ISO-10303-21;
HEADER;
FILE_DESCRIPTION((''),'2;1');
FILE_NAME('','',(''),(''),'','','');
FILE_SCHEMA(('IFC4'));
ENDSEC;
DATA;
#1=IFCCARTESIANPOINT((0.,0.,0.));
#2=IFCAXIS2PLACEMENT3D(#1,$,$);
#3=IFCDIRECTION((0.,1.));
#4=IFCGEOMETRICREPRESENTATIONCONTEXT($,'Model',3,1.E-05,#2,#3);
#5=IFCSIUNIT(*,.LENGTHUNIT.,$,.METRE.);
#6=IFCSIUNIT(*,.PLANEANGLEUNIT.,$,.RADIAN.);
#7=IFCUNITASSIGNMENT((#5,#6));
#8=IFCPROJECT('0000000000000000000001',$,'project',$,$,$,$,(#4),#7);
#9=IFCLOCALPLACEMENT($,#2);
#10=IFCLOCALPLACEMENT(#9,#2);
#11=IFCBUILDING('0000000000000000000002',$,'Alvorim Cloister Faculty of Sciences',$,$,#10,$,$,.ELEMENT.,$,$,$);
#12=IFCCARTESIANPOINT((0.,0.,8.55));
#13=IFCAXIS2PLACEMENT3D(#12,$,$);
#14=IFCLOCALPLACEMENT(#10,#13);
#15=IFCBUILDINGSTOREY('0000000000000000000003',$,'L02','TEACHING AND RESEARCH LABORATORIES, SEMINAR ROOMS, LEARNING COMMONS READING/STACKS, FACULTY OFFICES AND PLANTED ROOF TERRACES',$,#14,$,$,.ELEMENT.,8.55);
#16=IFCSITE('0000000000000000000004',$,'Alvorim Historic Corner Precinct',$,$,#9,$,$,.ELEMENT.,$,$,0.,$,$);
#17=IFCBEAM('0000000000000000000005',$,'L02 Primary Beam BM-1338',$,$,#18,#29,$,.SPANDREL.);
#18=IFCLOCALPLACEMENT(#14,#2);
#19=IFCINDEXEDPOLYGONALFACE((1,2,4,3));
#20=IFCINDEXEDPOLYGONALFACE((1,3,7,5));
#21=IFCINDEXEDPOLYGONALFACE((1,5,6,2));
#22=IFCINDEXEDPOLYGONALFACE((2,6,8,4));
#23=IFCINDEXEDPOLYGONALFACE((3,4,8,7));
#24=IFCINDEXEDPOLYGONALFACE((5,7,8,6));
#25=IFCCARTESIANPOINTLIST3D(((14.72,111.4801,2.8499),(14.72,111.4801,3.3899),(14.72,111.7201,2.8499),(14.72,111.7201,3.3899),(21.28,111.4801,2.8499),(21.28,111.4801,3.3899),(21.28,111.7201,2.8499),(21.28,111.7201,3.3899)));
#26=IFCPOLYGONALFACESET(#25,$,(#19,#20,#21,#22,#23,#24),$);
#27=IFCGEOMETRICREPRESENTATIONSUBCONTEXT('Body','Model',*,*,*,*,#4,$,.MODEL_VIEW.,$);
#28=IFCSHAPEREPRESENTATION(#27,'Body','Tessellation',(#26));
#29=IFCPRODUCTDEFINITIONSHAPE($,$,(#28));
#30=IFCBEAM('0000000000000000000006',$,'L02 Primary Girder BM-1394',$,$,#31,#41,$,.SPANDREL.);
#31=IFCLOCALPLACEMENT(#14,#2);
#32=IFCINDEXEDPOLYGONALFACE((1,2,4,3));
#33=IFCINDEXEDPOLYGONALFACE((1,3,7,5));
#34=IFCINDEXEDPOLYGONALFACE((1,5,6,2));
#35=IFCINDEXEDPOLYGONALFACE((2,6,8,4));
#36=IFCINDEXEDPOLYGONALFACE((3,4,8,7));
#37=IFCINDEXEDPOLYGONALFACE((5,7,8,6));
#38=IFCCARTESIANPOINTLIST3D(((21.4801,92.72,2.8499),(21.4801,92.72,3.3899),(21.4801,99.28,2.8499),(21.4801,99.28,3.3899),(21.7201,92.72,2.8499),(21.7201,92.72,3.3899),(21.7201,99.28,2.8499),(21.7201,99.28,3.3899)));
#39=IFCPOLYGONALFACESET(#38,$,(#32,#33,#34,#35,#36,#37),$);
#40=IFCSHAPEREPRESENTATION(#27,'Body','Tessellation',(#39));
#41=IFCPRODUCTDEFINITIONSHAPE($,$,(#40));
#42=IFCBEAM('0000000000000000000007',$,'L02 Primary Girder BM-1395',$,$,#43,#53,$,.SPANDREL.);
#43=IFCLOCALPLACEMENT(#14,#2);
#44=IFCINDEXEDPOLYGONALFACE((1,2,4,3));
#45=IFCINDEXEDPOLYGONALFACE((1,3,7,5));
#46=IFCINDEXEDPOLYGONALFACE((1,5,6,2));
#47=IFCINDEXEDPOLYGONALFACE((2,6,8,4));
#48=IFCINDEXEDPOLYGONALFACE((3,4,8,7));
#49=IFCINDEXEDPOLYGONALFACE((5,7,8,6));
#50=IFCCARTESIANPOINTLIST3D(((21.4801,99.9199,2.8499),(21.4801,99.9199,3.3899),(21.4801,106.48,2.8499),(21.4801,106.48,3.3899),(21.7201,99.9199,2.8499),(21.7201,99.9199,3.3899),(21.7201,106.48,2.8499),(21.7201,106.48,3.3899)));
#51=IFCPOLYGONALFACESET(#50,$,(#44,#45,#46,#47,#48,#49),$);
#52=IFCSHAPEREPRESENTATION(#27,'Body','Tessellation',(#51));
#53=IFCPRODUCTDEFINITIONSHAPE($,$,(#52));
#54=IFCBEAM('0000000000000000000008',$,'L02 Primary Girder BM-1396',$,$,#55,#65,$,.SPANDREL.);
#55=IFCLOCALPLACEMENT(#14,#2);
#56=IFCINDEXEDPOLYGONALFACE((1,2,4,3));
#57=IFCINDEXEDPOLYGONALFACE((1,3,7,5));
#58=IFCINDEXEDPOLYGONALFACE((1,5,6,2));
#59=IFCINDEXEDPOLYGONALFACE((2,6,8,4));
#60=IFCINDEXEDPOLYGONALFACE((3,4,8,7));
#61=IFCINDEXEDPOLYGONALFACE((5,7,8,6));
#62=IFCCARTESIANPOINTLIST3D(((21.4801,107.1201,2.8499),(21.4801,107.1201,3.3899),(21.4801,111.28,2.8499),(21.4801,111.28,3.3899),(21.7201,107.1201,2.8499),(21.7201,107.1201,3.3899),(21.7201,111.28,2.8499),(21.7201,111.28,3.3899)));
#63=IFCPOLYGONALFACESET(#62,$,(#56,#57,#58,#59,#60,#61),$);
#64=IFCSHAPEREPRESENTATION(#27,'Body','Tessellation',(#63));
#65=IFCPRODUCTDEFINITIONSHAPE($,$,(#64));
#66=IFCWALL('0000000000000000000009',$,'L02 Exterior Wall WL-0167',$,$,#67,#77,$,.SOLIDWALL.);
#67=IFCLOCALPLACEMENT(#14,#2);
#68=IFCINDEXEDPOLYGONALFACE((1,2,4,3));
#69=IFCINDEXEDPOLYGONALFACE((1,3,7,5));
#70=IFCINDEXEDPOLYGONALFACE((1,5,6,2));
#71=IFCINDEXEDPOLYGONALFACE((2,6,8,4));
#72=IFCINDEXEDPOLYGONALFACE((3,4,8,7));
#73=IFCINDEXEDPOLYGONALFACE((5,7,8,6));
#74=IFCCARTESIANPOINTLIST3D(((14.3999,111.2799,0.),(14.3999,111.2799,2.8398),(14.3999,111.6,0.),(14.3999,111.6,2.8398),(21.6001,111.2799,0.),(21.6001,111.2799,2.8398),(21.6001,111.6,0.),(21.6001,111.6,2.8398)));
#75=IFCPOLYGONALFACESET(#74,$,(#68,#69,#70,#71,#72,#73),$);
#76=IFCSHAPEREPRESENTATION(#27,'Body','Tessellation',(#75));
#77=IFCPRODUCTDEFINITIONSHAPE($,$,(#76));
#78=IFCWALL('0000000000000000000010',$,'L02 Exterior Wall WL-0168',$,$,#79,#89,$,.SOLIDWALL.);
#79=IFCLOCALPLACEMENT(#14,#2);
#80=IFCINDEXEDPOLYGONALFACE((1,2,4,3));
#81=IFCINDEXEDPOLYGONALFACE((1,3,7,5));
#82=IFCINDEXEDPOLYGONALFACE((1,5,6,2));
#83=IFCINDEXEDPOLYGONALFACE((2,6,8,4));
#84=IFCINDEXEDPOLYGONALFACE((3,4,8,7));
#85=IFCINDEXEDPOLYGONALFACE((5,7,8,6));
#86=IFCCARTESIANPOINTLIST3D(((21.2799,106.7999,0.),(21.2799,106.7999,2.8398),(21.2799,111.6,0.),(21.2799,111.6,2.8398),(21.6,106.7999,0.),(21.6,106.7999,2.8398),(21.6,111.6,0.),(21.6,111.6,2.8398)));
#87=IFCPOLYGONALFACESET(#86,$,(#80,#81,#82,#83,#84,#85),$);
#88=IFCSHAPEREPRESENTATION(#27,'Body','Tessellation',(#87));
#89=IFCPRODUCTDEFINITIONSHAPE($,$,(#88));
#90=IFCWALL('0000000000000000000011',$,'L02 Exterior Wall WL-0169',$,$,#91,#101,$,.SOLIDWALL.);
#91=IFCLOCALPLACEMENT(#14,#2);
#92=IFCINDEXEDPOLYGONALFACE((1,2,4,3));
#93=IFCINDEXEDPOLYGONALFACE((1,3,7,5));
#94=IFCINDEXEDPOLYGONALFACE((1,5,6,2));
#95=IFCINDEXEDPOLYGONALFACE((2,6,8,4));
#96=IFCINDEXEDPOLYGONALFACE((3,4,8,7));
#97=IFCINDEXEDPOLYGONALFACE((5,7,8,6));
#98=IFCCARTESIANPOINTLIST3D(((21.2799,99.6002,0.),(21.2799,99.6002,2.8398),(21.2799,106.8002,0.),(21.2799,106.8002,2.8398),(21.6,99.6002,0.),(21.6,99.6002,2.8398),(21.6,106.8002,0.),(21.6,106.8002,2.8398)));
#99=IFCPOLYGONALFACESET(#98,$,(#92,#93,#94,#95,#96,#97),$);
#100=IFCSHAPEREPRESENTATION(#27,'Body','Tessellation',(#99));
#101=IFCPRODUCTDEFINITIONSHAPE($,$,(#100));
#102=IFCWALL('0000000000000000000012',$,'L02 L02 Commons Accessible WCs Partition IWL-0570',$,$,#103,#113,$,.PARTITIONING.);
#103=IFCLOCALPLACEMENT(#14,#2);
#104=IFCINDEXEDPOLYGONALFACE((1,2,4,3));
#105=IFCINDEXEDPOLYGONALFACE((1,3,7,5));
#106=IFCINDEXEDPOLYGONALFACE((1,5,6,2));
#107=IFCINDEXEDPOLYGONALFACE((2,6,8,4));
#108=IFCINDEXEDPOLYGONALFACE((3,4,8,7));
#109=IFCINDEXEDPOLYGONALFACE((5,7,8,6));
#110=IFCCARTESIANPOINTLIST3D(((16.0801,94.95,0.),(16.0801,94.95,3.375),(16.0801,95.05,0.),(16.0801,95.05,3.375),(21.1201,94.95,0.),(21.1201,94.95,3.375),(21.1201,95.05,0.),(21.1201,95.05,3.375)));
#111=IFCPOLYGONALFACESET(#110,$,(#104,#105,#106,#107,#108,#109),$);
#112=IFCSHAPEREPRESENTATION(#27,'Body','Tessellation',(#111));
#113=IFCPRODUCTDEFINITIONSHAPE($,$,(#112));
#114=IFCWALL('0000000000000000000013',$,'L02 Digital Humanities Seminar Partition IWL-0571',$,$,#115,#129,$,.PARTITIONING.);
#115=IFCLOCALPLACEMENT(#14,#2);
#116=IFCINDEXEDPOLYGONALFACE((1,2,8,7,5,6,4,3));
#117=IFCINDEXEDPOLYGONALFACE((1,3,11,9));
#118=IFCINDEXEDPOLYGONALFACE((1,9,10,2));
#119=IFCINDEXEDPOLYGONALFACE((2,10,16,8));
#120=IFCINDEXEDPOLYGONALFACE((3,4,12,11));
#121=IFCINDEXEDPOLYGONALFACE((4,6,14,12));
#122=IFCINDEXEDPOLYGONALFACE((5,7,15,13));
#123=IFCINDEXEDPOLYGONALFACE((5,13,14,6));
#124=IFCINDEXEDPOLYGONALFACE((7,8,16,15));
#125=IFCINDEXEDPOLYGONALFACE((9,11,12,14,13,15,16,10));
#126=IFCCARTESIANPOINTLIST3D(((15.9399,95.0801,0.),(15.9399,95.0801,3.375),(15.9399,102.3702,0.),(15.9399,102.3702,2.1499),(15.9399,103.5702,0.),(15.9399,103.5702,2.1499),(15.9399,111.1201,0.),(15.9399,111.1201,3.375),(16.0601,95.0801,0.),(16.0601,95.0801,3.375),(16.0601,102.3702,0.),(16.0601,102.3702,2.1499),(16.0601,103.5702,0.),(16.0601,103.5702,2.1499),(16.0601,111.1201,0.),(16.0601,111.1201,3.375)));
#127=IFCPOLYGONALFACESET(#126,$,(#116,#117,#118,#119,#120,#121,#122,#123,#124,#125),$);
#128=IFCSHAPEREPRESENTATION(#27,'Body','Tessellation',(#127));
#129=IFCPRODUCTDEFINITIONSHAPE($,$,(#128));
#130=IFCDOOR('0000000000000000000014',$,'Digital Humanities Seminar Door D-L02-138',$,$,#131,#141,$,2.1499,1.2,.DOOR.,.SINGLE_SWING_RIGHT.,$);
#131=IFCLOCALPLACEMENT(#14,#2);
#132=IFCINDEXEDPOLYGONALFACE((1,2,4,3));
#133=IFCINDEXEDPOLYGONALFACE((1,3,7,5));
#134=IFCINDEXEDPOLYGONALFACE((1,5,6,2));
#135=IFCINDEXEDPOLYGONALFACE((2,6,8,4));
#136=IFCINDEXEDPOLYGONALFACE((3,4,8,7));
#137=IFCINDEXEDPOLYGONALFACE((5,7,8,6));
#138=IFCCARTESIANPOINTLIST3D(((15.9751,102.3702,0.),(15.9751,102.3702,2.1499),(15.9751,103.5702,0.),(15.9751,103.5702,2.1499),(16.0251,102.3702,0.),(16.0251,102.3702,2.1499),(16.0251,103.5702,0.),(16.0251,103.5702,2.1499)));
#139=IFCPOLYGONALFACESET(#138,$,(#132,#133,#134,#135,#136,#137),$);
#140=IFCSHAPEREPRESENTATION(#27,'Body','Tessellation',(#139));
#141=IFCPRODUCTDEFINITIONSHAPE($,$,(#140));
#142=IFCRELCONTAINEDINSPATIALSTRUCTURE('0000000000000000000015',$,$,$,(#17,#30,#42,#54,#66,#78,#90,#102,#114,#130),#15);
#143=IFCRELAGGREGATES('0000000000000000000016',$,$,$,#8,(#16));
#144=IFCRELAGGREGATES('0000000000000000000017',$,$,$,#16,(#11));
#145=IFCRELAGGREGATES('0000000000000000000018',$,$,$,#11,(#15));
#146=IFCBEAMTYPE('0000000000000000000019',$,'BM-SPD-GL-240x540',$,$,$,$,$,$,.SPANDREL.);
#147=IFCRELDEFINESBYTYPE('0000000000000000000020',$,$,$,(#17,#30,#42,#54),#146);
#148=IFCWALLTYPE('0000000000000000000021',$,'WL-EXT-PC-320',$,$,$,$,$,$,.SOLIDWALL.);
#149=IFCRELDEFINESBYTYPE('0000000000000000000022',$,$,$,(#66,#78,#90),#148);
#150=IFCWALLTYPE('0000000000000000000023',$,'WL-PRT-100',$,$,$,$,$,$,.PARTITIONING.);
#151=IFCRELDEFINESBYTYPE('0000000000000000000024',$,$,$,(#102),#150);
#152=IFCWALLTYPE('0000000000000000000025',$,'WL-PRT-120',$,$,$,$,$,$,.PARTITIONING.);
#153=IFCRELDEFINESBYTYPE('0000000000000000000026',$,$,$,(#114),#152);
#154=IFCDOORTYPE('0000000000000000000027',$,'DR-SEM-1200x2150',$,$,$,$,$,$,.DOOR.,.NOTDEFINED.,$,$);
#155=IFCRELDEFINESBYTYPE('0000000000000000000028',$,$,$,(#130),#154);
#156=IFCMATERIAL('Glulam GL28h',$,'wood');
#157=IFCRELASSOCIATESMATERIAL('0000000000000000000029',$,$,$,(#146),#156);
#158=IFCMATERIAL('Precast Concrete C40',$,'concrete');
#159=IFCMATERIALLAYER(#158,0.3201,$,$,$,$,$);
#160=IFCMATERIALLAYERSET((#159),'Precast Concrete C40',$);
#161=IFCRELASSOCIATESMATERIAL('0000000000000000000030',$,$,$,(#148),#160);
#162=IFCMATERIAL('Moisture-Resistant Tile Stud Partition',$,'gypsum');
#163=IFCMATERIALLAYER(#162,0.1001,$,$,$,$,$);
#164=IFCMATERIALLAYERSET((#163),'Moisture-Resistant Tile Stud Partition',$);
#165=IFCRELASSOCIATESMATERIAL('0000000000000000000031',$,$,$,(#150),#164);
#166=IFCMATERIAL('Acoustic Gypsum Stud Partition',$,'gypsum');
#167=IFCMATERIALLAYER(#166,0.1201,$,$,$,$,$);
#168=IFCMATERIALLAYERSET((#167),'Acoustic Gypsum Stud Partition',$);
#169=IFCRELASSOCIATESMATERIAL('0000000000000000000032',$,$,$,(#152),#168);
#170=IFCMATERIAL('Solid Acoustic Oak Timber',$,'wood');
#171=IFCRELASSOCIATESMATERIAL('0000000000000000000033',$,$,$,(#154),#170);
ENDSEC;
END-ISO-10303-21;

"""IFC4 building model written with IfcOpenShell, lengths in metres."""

from ifc_helpers import new_model, si_unit, direction, frame, frame_2d, origin, origin_2d, place, context, subcontext, project, spatial, rectangle, extrude, material, layer, layer_set, material_profile, profile_set, type_object, element, fill, save


model = new_model("IFC4")

# Units and contexts
model_context = context("Model", 3, precision=1e-05, world=origin(), true_north=direction((0.0, 1.0)))
body_context = subcontext(model_context, "Body", "Model", "MODEL_VIEW")
ifc_project = project(units=[si_unit("LENGTHUNIT", "METRE"), si_unit("PLANEANGLEUNIT", "RADIAN")], contexts=[model_context])

# Site, building, storey
site_placement = place(None, origin())
site = spatial("IfcSite", under=ifc_project, at=site_placement, Name="Alvorim Historic Corner Precinct", CompositionType="ELEMENT", RefElevation=0.0)
building_placement = place(site_placement, origin())
building = spatial("IfcBuilding", under=site, at=building_placement, Name="Alvorim Cloister Faculty of Sciences", CompositionType="ELEMENT")
storey_placement = place(building_placement, frame((0.0, 0.0, 8.55)))
storey = spatial("IfcBuildingStorey", under=building, at=storey_placement, Name="L02", Description="TEACHING AND RESEARCH LABORATORIES, SEMINAR ROOMS, LEARNING COMMONS READING/STACKS, FACULTY OFFICES AND PLANTED ROOF TERRACES", CompositionType="ELEMENT", Elevation=8.55)

# Beams
ifc_material_1 = material(Name="Glulam GL28h", Category="wood")
ifc_material_profile_1 = material_profile(ifc_material_1, rectangle(XDim=0.24, YDim=0.54, at=origin_2d()), Name="GL28-SPD-240x540")
ifc_profile_set_1 = profile_set([ifc_material_profile_1], Name="Glulam GL28h")
beam_type_1 = type_object("IfcBeamType", Name="BM-SPD-GL-240x540", PredefinedType="SPANDREL", material=ifc_profile_set_1)
for number, where, z_axis, x_axis, name in (
    (1, (14.72, 111.6001, 3.1199), (1.0, 0.0, 0.0), (0.0, 1.0, 0.0), "L02 Primary Beam BM-1338"),
    (2, (21.6001, 92.72, 3.1199), (0.0, 1.0, 0.0), (-1.0, 0.0, 0.0), "L02 Primary Girder BM-1394"),
    (3, (21.6001, 99.9199, 3.1199), (0.0, 1.0, 0.0), (-1.0, 0.0, 0.0), "L02 Primary Girder BM-1395"),
):
    element("IfcBeam", number, at=place(storey_placement, frame(where, z_axis=z_axis, x_axis=x_axis)), inside=storey, type_object=beam_type_1, Name=name, PredefinedType="SPANDREL", context=body_context, shape_type="SweptSolid", body=[
        extrude(rectangle(XDim=0.24, YDim=0.54, at=origin_2d()), origin(), (0.0, 0.0, 1.0), 6.5601),
    ])
beam_1_placement = place(storey_placement, frame((21.6001, 107.1201, 3.1199), z_axis=(0.0, 1.0, 0.0), x_axis=(-1.0, 0.0, 0.0)))
element("IfcBeam", 4, at=beam_1_placement, inside=storey, type_object=beam_type_1, Name="L02 Primary Girder BM-1396", PredefinedType="SPANDREL", context=body_context, shape_type="SweptSolid", body=[
    extrude(rectangle(XDim=0.24, YDim=0.54, at=origin_2d()), origin(), (0.0, 0.0, 1.0), 4.1599),
])

# Walls
ifc_material_2 = material(Name="Precast Concrete C40", Category="concrete")
ifc_layer_1 = layer(ifc_material_2, 0.3201)
ifc_layer_set_1 = layer_set([ifc_layer_1], Name="Precast Concrete C40")
wall_type_1 = type_object("IfcWallType", Name="WL-EXT-PC-320", PredefinedType="SOLIDWALL", material=ifc_layer_set_1)
wall_1_placement = place(storey_placement, frame((14.3999, 111.4399, 0.0), z_axis=(0.0, 0.0, 1.0), x_axis=(1.0, 0.0, 0.0)))
element("IfcWall", 5, at=wall_1_placement, inside=storey, type_object=wall_type_1, Name="L02 Exterior Wall WL-0167", PredefinedType="SOLIDWALL", context=body_context, shape_type="SweptSolid", body=[
    extrude(rectangle(XDim=7.2002, YDim=0.3201, at=frame_2d((3.6001, 0.0))), origin(), (0.0, 0.0, 1.0), 2.8398),
])
wall_2_placement = place(storey_placement, frame((21.4399, 106.8, 0.0), z_axis=(0.0, 0.0, 1.0), x_axis=(0.0, 1.0, 0.0)))
element("IfcWall", 6, at=wall_2_placement, inside=storey, type_object=wall_type_1, Name="L02 Exterior Wall WL-0168", PredefinedType="SOLIDWALL", context=body_context, shape_type="SweptSolid", body=[
    extrude(rectangle(XDim=4.8, YDim=0.3201, at=frame_2d((2.3999, 0.0))), origin(), (0.0, 0.0, 1.0), 2.8398),
])
wall_3_placement = place(storey_placement, frame((21.4399, 99.6001, 0.0), z_axis=(0.0, 0.0, 1.0), x_axis=(0.0, 1.0, 0.0)))
element("IfcWall", 7, at=wall_3_placement, inside=storey, type_object=wall_type_1, Name="L02 Exterior Wall WL-0169", PredefinedType="SOLIDWALL", context=body_context, shape_type="SweptSolid", body=[
    extrude(rectangle(XDim=7.2, YDim=0.3201, at=frame_2d((3.6001, 0.0))), origin(), (0.0, 0.0, 1.0), 2.8398),
])
ifc_material_3 = material(Name="Moisture-Resistant Tile Stud Partition", Category="gypsum")
ifc_layer_2 = layer(ifc_material_3, 0.1001)
ifc_layer_set_2 = layer_set([ifc_layer_2], Name="Moisture-Resistant Tile Stud Partition")
wall_type_2 = type_object("IfcWallType", Name="WL-PRT-100", PredefinedType="PARTITIONING", material=ifc_layer_set_2)
wall_4_placement = place(storey_placement, frame((16.0801, 95.0, 0.0), z_axis=(0.0, 0.0, 1.0), x_axis=(1.0, 0.0, 0.0)))
element("IfcWall", 8, at=wall_4_placement, inside=storey, type_object=wall_type_2, Name="L02 L02 Commons Accessible WCs Partition IWL-0570", PredefinedType="PARTITIONING", context=body_context, shape_type="SweptSolid", body=[
    extrude(rectangle(XDim=5.04, YDim=0.1001, at=frame_2d((2.52, 0.0))), origin(), (0.0, 0.0, 1.0), 3.375),
])

# Wall, opening, door
ifc_material_4 = material(Name="Acoustic Gypsum Stud Partition", Category="gypsum")
ifc_layer_3 = layer(ifc_material_4, 0.1201)
ifc_layer_set_3 = layer_set([ifc_layer_3], Name="Acoustic Gypsum Stud Partition")
wall_type_3 = type_object("IfcWallType", Name="WL-PRT-120", PredefinedType="PARTITIONING", material=ifc_layer_set_3)
wall_5_placement = place(storey_placement, frame((16.0, 95.0801, 0.0), z_axis=(0.0, 0.0, 1.0), x_axis=(0.0, 1.0, 0.0)))
wall_5 = element("IfcWall", 9, at=wall_5_placement, inside=storey, type_object=wall_type_3, Name="L02 Digital Humanities Seminar Partition IWL-0571", PredefinedType="PARTITIONING", context=body_context, shape_type="SweptSolid", body=[
    extrude(rectangle(XDim=16.04, YDim=0.1201, at=frame_2d((8.02, 0.0))), origin(), (0.0, 0.0, 1.0), 3.375),
])
opening_placement = place(wall_5_placement, frame((7.29, 0.0, 0.0)))
opening = element("IfcOpeningElement", 10, at=opening_placement, cuts=wall_5, PredefinedType="OPENING", context=body_context, shape_type="SweptSolid", body=[
    extrude(rectangle(XDim=1.2, YDim=2.1499, at=frame_2d((0.6001, 1.075))), frame((0.0, 0.072, 0.0), z_axis=(0.0, -1.0, 0.0), x_axis=(1.0, 0.0, 0.0)), (0.0, 0.0, 1.0), 0.144),
])
ifc_material_5 = material(Name="Solid Acoustic Oak Timber", Category="wood")
door_type = type_object("IfcDoorType", Name="DR-SEM-1200x2150", OperationType="NOTDEFINED", PredefinedType="DOOR", material=ifc_material_5)
door_placement = place(opening_placement, origin())
door = element("IfcDoor", 11, at=door_placement, inside=storey, type_object=door_type, Name="Digital Humanities Seminar Door D-L02-138", OperationType="SINGLE_SWING_RIGHT", OverallHeight=2.1499, OverallWidth=1.2, PredefinedType="DOOR", context=body_context, shape_type="SweptSolid", body=[
    extrude(rectangle(XDim=1.2, YDim=2.1499, at=frame_2d((0.6001, 1.075))), frame((0.0, 0.0249, 0.0), z_axis=(0.0, -1.0, 0.0), x_axis=(1.0, 0.0, 0.0)), (0.0, 0.0, 1.0), 0.05),
])
fill(opening, door)

save(model, "model.ifc")
